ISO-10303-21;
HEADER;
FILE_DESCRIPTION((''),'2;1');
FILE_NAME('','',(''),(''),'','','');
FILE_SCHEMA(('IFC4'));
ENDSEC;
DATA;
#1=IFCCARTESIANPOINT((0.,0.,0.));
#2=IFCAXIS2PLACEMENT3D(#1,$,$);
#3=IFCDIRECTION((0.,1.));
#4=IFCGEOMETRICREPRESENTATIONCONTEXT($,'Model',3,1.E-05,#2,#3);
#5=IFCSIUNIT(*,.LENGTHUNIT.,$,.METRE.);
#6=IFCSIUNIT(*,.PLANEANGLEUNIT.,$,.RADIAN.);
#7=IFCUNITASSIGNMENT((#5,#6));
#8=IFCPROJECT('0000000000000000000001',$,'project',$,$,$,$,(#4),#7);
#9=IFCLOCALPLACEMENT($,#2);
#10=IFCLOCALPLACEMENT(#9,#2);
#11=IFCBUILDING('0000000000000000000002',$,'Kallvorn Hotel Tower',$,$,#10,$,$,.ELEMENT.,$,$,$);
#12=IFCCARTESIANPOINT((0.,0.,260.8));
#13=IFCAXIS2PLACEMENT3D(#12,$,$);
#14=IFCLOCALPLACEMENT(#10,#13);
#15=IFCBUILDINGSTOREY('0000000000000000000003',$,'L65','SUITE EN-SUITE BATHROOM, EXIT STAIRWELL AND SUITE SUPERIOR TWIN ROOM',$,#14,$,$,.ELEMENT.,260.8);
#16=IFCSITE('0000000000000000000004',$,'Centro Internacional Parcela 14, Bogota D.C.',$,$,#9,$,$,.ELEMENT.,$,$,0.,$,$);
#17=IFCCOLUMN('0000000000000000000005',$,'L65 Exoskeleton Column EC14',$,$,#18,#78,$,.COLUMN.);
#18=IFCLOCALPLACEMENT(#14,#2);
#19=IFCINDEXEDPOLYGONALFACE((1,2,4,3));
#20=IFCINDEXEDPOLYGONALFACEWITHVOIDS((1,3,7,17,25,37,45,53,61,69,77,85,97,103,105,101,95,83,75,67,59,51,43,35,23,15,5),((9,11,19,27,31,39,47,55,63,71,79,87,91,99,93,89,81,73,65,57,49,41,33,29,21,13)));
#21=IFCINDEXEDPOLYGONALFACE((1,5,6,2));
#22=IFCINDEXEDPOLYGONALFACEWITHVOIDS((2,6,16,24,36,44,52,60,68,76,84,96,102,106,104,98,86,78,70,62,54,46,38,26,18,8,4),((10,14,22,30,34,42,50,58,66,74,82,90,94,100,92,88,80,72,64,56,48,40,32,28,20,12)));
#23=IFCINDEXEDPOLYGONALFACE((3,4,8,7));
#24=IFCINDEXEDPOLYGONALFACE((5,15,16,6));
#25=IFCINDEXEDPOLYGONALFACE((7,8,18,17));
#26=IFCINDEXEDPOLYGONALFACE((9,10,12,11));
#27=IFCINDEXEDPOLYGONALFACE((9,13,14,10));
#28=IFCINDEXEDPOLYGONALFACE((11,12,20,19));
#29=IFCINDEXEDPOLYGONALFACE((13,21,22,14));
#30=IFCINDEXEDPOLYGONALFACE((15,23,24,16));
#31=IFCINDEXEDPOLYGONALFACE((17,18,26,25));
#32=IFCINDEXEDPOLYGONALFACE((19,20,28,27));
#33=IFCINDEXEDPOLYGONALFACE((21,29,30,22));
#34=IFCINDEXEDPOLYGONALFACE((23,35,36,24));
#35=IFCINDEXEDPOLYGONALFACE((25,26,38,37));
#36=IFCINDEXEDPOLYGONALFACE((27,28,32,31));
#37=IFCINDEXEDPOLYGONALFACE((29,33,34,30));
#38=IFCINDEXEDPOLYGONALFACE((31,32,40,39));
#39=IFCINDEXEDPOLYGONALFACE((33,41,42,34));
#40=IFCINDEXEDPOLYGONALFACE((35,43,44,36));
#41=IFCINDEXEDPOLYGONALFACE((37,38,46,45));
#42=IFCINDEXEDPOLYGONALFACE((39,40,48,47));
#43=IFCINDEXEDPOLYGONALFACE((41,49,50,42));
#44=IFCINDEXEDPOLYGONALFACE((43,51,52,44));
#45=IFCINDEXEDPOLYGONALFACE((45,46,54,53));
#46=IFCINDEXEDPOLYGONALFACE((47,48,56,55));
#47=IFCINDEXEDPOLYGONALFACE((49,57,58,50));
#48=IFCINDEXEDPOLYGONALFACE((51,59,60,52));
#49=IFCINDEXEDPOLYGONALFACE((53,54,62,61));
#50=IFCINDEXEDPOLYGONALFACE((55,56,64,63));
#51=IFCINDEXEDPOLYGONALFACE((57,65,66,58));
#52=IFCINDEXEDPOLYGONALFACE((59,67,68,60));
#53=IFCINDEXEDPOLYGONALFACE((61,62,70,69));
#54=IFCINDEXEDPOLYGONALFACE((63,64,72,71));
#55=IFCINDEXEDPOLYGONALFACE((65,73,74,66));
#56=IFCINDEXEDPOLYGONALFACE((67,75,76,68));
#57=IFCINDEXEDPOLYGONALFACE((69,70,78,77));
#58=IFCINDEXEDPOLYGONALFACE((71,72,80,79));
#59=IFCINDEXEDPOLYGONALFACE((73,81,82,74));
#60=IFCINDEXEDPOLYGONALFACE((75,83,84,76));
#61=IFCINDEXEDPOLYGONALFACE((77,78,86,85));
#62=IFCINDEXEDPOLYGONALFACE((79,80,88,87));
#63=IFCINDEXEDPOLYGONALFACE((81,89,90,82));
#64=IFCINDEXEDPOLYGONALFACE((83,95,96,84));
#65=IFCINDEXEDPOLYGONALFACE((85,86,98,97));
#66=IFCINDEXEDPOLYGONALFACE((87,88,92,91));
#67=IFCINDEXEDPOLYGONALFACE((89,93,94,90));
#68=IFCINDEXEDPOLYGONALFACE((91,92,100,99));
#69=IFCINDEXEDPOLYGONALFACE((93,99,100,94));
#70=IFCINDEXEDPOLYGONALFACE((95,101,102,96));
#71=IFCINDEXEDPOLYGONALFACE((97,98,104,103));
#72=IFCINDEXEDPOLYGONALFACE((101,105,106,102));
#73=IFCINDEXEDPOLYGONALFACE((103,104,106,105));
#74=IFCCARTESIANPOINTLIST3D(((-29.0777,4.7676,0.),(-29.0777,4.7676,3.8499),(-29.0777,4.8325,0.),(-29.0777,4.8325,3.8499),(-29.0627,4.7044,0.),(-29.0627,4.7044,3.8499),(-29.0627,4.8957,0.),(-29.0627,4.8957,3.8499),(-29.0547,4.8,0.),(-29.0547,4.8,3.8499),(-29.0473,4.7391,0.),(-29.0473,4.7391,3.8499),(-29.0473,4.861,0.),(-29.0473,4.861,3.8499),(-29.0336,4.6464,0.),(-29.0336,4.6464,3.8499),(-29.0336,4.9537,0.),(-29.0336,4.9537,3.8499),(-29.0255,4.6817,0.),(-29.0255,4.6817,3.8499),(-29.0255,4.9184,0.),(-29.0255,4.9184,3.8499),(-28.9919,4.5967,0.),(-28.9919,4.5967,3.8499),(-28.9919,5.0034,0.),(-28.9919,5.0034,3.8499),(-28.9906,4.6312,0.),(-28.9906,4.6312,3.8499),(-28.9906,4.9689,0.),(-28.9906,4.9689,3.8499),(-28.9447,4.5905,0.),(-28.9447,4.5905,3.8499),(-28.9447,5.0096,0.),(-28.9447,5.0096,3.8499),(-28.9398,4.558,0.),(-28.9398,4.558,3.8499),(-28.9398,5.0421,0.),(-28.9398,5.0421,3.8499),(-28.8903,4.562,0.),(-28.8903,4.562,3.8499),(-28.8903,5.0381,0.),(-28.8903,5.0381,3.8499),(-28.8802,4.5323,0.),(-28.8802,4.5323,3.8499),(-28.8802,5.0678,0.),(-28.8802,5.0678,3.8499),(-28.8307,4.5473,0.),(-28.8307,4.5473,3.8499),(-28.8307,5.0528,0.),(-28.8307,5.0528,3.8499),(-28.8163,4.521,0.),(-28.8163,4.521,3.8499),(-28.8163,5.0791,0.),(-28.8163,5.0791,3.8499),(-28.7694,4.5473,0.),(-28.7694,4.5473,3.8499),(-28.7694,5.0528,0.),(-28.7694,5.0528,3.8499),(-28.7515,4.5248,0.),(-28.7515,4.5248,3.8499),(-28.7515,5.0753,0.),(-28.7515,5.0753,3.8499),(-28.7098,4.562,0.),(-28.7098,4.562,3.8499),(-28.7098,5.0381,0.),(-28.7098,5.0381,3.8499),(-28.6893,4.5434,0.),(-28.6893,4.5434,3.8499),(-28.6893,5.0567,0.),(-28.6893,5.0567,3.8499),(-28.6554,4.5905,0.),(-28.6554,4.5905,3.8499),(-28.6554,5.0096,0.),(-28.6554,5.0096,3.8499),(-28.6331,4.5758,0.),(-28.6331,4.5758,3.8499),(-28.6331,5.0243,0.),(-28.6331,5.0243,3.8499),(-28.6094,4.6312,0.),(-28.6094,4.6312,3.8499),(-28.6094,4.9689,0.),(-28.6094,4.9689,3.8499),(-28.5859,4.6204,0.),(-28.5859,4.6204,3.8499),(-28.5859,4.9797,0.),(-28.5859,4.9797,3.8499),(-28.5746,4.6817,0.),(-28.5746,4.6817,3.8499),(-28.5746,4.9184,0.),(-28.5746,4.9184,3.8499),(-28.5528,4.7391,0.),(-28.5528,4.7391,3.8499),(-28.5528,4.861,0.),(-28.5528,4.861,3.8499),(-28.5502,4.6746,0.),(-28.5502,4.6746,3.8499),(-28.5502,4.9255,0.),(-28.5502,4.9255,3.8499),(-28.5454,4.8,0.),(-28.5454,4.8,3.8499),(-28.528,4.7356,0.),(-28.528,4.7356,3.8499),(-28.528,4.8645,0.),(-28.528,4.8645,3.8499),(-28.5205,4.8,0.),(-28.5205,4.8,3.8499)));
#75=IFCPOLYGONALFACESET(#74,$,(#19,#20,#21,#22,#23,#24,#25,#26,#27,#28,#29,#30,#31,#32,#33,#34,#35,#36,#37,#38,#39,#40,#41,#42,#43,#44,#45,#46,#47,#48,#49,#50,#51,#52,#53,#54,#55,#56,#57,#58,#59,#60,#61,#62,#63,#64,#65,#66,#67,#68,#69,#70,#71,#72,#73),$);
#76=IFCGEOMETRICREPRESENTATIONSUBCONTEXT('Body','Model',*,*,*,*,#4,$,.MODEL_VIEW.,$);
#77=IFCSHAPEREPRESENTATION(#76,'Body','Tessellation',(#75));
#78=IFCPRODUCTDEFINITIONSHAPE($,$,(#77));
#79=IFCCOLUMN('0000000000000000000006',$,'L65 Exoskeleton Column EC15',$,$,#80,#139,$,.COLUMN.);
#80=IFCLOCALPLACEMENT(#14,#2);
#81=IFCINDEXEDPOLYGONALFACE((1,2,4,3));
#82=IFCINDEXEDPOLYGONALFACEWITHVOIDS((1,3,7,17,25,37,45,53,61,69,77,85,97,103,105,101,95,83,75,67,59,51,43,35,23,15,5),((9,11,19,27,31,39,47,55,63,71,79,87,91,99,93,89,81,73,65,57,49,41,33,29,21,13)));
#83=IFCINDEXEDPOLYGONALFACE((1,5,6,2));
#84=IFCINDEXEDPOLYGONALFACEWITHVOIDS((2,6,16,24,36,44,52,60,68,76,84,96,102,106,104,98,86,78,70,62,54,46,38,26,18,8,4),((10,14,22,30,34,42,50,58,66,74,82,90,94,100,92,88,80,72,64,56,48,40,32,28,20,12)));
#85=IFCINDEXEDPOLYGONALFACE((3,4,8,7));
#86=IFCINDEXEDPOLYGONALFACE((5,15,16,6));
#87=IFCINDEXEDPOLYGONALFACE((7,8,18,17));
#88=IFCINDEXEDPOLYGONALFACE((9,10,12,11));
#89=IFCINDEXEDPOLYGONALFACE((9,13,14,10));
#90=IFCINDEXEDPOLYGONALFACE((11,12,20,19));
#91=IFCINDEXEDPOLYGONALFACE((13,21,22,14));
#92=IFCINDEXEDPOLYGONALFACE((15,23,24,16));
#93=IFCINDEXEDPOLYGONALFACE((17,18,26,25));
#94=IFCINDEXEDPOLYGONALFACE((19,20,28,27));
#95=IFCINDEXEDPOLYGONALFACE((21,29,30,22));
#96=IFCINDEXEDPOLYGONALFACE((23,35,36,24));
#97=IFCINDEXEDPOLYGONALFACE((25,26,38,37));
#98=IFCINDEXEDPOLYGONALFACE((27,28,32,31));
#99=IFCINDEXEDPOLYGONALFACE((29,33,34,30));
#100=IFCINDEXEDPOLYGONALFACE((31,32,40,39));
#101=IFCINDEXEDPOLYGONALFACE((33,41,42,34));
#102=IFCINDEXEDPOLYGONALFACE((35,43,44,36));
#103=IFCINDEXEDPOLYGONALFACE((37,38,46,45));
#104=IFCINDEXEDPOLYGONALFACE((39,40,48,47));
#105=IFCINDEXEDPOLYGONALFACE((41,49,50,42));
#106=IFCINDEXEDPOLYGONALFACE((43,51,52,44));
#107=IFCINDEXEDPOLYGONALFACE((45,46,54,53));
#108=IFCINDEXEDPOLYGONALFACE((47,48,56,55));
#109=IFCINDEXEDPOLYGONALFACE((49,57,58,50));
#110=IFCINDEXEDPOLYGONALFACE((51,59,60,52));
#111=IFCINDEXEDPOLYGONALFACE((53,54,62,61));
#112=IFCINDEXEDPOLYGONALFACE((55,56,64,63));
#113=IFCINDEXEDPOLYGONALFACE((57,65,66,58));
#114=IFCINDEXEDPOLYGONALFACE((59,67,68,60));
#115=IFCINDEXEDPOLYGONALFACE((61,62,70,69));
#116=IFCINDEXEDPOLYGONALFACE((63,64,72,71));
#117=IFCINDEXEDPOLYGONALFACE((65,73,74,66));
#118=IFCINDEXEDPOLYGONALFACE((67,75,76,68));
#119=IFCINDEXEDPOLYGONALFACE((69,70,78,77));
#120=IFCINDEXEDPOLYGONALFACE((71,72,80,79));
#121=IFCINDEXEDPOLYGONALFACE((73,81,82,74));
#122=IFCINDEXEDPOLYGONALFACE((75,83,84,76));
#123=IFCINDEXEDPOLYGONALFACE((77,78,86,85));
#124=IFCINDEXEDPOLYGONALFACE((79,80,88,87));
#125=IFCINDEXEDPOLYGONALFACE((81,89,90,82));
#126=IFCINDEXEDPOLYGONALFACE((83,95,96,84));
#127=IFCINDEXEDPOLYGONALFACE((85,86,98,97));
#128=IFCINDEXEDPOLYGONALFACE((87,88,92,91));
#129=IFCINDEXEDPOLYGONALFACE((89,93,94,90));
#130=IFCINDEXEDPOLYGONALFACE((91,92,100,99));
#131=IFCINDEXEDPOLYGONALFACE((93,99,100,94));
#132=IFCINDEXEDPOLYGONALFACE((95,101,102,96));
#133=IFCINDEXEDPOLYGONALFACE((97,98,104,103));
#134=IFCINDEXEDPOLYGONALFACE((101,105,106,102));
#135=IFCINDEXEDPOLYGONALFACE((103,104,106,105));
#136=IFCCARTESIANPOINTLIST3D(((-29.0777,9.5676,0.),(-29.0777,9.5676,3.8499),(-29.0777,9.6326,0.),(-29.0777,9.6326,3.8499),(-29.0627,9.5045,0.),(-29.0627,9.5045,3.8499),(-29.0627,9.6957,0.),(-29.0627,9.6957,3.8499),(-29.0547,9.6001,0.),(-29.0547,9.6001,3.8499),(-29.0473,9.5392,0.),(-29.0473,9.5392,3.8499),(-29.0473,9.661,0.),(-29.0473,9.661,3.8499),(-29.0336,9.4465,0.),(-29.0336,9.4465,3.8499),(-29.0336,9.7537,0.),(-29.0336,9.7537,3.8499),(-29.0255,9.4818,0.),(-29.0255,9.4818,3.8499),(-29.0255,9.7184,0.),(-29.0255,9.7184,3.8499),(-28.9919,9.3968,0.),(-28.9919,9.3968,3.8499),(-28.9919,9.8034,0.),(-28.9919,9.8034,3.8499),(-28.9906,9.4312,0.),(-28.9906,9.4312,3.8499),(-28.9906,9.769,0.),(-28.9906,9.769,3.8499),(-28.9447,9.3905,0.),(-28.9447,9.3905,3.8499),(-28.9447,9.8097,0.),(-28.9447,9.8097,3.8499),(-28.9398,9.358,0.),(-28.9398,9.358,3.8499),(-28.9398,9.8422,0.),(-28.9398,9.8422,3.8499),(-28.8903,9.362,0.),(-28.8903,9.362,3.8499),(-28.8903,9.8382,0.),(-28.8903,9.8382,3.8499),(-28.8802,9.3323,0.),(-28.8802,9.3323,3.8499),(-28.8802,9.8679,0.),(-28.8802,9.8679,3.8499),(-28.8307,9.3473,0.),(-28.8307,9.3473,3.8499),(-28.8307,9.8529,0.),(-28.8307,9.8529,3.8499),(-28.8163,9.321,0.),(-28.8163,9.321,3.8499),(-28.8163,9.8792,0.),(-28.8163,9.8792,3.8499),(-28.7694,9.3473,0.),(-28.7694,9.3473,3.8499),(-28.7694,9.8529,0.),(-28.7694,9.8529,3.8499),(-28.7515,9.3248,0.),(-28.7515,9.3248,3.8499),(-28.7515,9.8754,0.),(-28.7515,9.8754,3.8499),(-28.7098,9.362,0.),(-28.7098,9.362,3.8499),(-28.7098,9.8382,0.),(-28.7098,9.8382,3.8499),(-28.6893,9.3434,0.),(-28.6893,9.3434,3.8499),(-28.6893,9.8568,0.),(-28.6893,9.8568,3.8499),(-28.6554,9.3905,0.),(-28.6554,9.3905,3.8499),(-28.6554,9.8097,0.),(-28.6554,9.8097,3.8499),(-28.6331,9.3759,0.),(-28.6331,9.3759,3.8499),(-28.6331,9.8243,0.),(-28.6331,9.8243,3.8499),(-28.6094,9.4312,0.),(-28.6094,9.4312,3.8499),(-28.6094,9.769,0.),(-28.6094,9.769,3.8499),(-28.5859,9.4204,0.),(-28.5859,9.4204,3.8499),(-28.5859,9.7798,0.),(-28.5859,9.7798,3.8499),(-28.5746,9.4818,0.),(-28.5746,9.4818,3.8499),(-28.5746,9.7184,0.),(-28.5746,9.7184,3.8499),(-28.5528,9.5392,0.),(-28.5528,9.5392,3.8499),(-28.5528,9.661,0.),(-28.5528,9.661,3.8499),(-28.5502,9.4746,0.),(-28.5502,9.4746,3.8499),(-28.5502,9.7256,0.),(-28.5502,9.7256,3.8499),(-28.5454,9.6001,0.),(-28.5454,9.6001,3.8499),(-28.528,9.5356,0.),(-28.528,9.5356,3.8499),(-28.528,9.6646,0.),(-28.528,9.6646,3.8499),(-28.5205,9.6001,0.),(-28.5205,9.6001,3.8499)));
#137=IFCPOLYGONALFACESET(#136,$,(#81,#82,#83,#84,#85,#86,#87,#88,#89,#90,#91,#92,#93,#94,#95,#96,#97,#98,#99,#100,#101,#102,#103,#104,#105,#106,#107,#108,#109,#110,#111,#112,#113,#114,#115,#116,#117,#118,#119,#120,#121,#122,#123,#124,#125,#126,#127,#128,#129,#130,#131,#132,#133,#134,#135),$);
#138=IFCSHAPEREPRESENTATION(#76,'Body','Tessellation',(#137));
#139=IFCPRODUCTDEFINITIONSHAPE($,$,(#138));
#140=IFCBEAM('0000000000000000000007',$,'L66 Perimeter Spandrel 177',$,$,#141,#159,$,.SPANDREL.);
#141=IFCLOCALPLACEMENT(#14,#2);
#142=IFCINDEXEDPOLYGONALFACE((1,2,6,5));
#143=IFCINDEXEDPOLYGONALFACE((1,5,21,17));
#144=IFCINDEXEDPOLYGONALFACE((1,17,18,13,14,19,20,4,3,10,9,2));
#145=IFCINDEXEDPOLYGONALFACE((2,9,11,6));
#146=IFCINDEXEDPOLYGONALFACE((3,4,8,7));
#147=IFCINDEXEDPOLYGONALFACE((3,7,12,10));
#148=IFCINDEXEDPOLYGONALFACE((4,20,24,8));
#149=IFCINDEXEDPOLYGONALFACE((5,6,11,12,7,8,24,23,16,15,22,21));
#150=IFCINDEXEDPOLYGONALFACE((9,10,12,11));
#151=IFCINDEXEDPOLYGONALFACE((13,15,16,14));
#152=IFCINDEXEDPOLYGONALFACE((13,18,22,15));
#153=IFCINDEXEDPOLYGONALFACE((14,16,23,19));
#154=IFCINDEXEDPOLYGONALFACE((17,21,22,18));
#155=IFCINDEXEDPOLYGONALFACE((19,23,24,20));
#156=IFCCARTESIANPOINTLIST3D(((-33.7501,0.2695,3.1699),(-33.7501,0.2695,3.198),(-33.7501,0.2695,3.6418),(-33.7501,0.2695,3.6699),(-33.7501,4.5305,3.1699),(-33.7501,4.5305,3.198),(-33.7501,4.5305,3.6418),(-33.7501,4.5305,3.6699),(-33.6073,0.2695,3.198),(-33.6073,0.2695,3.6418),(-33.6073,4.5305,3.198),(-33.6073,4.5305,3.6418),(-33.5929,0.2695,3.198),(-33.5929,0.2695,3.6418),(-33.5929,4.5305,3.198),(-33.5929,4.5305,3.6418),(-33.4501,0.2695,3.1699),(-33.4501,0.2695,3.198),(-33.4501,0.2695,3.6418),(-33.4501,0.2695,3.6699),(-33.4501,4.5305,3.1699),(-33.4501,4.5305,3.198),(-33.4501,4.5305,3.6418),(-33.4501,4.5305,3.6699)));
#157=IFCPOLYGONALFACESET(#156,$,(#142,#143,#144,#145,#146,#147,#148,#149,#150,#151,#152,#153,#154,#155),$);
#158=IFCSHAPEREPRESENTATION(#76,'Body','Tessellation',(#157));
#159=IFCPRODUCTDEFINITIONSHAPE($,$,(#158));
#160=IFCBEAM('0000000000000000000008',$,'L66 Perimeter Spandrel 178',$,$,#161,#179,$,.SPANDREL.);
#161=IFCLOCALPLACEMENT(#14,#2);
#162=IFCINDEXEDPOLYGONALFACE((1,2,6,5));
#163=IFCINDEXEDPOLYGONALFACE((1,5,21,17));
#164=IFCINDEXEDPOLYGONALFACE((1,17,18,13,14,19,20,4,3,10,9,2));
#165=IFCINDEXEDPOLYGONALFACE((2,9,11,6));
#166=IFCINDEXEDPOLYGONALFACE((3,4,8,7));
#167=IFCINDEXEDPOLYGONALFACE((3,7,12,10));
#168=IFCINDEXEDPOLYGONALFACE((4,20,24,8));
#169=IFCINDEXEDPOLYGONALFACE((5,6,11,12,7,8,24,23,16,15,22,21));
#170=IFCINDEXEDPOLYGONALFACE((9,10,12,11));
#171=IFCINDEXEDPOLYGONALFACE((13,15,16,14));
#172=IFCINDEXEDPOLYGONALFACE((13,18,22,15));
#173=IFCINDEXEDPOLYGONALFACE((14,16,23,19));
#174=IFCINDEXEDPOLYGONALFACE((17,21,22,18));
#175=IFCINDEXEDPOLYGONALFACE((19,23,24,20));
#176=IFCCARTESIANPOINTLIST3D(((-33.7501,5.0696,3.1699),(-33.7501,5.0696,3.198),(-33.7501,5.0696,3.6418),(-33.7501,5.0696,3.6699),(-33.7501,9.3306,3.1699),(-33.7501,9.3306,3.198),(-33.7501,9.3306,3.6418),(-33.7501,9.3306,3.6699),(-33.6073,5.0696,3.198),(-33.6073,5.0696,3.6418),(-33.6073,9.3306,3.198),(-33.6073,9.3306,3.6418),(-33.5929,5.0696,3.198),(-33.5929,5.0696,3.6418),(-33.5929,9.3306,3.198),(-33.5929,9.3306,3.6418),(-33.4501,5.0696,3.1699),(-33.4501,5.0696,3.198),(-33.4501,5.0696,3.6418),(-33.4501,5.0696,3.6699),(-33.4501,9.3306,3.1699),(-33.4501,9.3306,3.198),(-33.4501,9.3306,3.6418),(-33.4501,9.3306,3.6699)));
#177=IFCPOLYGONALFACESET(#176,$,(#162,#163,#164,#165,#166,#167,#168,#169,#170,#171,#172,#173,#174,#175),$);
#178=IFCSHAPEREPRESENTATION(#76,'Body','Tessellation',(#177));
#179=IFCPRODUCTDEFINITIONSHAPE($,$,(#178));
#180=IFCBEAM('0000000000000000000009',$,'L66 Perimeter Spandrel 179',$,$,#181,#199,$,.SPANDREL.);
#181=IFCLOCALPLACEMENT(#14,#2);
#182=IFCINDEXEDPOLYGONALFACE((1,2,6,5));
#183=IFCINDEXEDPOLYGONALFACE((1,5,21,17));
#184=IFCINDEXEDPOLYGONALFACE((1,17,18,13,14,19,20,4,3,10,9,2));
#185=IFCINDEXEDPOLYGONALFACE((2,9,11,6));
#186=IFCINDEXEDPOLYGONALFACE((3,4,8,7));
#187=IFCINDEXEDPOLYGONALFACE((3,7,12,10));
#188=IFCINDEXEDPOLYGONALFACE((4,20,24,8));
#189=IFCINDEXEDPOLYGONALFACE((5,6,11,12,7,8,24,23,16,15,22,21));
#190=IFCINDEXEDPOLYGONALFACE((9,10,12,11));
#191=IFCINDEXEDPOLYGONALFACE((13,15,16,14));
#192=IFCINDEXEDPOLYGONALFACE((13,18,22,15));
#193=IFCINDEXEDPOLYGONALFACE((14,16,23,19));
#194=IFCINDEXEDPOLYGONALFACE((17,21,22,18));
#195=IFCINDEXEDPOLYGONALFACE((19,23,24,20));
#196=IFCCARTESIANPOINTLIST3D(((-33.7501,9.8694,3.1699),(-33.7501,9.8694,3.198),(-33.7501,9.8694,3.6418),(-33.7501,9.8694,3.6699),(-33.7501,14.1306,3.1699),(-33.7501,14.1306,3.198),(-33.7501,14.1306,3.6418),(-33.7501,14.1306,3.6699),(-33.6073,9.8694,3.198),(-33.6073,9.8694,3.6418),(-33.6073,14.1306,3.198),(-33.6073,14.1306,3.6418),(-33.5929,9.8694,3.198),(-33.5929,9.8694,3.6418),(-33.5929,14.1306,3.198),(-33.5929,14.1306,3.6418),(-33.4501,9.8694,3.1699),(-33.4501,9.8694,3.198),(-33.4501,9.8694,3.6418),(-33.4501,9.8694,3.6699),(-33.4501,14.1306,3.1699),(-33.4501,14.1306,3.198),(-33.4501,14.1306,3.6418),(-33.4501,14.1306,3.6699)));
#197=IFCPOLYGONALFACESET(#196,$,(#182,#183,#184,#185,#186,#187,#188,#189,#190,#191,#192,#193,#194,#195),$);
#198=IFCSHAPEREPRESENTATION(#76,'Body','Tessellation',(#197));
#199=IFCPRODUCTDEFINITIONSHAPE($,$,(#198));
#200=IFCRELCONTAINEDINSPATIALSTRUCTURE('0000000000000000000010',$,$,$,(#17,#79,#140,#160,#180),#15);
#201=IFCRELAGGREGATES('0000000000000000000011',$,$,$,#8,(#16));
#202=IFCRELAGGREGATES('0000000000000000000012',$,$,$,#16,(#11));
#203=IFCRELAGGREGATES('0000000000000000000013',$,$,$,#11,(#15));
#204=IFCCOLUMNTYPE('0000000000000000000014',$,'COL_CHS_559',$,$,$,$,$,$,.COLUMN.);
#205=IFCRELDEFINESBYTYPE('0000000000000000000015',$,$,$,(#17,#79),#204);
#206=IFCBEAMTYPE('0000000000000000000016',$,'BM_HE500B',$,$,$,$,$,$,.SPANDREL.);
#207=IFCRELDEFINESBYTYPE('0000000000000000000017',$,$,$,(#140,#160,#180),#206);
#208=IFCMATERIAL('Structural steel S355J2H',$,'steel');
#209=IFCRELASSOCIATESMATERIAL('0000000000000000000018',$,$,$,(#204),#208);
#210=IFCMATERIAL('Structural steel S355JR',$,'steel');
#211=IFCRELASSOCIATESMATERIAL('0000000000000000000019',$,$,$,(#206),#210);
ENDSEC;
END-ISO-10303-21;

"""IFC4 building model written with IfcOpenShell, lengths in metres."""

from ifc_helpers import new_model, si_unit, direction, frame, origin, origin_2d, place, context, subcontext, project, spatial, hollow_circle, i_section, extrude, material, material_profile, profile_set, type_object, element, save


model = new_model("IFC4")

# Units and contexts
model_context = context("Model", 3, precision=1e-05, world=origin(), true_north=direction((0.0, 1.0)))
body_context = subcontext(model_context, "Body", "Model", "MODEL_VIEW")
ifc_project = project(units=[si_unit("LENGTHUNIT", "METRE"), si_unit("PLANEANGLEUNIT", "RADIAN")], contexts=[model_context])

# Site, building, storey
site_placement = place(None, origin())
site = spatial("IfcSite", under=ifc_project, at=site_placement, Name="Centro Internacional Parcela 14, Bogota D.C.", CompositionType="ELEMENT", RefElevation=0.0)
building_placement = place(site_placement, origin())
building = spatial("IfcBuilding", under=site, at=building_placement, Name="Kallvorn Hotel Tower", CompositionType="ELEMENT")
storey_placement = place(building_placement, frame((0.0, 0.0, 260.8)))
storey = spatial("IfcBuildingStorey", under=building, at=storey_placement, Name="L65", Description="SUITE EN-SUITE BATHROOM, EXIT STAIRWELL AND SUITE SUPERIOR TWIN ROOM", CompositionType="ELEMENT", Elevation=260.8)

# Columns
ifc_material_1 = material(Name="Structural steel S355J2H", Category="steel")
ifc_material_profile_1 = material_profile(ifc_material_1, hollow_circle(Radius=0.2795, WallThickness=0.0249, at=origin_2d()), Name="CHS 559x25")
ifc_profile_set_1 = profile_set([ifc_material_profile_1], Name="Structural steel S355J2H")
column_type = type_object("IfcColumnType", Name="COL_CHS_559", PredefinedType="COLUMN", material=ifc_profile_set_1)
for number, where, z_axis, x_axis, name in (
    (1, (-28.8, 4.8, 0.0), (0.0, 0.0, 1.0), (1.0, 0.0, 0.0), "L65 Exoskeleton Column EC14"),
    (2, (-28.8, 9.6001, 0.0), (0.0, 0.0, 1.0), (1.0, 0.0, 0.0), "L65 Exoskeleton Column EC15"),
):
    element("IfcColumn", number, at=place(storey_placement, frame(where, z_axis=z_axis, x_axis=x_axis)), inside=storey, type_object=column_type, Name=name, PredefinedType="COLUMN", context=body_context, shape_type="SweptSolid", body=[
        extrude(hollow_circle(Radius=0.2795, WallThickness=0.0249, at=origin_2d()), origin(), (0.0, 0.0, 1.0), 3.8499),
    ])

# Beams
ifc_material_2 = material(Name="Structural steel S355JR", Category="steel")
ifc_material_profile_2 = material_profile(ifc_material_2, i_section(OverallWidth=0.3, OverallDepth=0.5, WebThickness=0.0144, FlangeThickness=0.0281, at=origin_2d()), Name="HE 500 B")
ifc_profile_set_2 = profile_set([ifc_material_profile_2], Name="Structural steel S355JR")
beam_type_1 = type_object("IfcBeamType", Name="BM_HE500B", PredefinedType="SPANDREL", material=ifc_profile_set_2)
for number, where, z_axis, x_axis, name in (
    (3, (-33.6001, 0.2695, 3.4199), (0.0, 1.0, 0.0), (-1.0, 0.0, 0.0), "L66 Perimeter Spandrel 177"),
    (4, (-33.6001, 5.0696, 3.4199), (0.0, 1.0, 0.0), (-1.0, 0.0, 0.0), "L66 Perimeter Spandrel 178"),
):
    element("IfcBeam", number, at=place(storey_placement, frame(where, z_axis=z_axis, x_axis=x_axis)), inside=storey, type_object=beam_type_1, Name=name, PredefinedType="SPANDREL", context=body_context, shape_type="SweptSolid", body=[
        extrude(i_section(OverallWidth=0.3, OverallDepth=0.5, WebThickness=0.0144, FlangeThickness=0.0281, at=origin_2d()), origin(), (0.0, 0.0, 1.0), 4.261),
    ])
beam_placement = place(storey_placement, frame((-33.6001, 9.8694, 3.4199), z_axis=(0.0, 1.0, 0.0), x_axis=(-1.0, 0.0, 0.0)))
element("IfcBeam", 5, at=beam_placement, inside=storey, type_object=beam_type_1, Name="L66 Perimeter Spandrel 179", PredefinedType="SPANDREL", context=body_context, shape_type="SweptSolid", body=[
    extrude(i_section(OverallWidth=0.3, OverallDepth=0.5, WebThickness=0.0144, FlangeThickness=0.0281, at=origin_2d()), origin(), (0.0, 0.0, 1.0), 4.2612),
])

save(model, "model.ifc")
